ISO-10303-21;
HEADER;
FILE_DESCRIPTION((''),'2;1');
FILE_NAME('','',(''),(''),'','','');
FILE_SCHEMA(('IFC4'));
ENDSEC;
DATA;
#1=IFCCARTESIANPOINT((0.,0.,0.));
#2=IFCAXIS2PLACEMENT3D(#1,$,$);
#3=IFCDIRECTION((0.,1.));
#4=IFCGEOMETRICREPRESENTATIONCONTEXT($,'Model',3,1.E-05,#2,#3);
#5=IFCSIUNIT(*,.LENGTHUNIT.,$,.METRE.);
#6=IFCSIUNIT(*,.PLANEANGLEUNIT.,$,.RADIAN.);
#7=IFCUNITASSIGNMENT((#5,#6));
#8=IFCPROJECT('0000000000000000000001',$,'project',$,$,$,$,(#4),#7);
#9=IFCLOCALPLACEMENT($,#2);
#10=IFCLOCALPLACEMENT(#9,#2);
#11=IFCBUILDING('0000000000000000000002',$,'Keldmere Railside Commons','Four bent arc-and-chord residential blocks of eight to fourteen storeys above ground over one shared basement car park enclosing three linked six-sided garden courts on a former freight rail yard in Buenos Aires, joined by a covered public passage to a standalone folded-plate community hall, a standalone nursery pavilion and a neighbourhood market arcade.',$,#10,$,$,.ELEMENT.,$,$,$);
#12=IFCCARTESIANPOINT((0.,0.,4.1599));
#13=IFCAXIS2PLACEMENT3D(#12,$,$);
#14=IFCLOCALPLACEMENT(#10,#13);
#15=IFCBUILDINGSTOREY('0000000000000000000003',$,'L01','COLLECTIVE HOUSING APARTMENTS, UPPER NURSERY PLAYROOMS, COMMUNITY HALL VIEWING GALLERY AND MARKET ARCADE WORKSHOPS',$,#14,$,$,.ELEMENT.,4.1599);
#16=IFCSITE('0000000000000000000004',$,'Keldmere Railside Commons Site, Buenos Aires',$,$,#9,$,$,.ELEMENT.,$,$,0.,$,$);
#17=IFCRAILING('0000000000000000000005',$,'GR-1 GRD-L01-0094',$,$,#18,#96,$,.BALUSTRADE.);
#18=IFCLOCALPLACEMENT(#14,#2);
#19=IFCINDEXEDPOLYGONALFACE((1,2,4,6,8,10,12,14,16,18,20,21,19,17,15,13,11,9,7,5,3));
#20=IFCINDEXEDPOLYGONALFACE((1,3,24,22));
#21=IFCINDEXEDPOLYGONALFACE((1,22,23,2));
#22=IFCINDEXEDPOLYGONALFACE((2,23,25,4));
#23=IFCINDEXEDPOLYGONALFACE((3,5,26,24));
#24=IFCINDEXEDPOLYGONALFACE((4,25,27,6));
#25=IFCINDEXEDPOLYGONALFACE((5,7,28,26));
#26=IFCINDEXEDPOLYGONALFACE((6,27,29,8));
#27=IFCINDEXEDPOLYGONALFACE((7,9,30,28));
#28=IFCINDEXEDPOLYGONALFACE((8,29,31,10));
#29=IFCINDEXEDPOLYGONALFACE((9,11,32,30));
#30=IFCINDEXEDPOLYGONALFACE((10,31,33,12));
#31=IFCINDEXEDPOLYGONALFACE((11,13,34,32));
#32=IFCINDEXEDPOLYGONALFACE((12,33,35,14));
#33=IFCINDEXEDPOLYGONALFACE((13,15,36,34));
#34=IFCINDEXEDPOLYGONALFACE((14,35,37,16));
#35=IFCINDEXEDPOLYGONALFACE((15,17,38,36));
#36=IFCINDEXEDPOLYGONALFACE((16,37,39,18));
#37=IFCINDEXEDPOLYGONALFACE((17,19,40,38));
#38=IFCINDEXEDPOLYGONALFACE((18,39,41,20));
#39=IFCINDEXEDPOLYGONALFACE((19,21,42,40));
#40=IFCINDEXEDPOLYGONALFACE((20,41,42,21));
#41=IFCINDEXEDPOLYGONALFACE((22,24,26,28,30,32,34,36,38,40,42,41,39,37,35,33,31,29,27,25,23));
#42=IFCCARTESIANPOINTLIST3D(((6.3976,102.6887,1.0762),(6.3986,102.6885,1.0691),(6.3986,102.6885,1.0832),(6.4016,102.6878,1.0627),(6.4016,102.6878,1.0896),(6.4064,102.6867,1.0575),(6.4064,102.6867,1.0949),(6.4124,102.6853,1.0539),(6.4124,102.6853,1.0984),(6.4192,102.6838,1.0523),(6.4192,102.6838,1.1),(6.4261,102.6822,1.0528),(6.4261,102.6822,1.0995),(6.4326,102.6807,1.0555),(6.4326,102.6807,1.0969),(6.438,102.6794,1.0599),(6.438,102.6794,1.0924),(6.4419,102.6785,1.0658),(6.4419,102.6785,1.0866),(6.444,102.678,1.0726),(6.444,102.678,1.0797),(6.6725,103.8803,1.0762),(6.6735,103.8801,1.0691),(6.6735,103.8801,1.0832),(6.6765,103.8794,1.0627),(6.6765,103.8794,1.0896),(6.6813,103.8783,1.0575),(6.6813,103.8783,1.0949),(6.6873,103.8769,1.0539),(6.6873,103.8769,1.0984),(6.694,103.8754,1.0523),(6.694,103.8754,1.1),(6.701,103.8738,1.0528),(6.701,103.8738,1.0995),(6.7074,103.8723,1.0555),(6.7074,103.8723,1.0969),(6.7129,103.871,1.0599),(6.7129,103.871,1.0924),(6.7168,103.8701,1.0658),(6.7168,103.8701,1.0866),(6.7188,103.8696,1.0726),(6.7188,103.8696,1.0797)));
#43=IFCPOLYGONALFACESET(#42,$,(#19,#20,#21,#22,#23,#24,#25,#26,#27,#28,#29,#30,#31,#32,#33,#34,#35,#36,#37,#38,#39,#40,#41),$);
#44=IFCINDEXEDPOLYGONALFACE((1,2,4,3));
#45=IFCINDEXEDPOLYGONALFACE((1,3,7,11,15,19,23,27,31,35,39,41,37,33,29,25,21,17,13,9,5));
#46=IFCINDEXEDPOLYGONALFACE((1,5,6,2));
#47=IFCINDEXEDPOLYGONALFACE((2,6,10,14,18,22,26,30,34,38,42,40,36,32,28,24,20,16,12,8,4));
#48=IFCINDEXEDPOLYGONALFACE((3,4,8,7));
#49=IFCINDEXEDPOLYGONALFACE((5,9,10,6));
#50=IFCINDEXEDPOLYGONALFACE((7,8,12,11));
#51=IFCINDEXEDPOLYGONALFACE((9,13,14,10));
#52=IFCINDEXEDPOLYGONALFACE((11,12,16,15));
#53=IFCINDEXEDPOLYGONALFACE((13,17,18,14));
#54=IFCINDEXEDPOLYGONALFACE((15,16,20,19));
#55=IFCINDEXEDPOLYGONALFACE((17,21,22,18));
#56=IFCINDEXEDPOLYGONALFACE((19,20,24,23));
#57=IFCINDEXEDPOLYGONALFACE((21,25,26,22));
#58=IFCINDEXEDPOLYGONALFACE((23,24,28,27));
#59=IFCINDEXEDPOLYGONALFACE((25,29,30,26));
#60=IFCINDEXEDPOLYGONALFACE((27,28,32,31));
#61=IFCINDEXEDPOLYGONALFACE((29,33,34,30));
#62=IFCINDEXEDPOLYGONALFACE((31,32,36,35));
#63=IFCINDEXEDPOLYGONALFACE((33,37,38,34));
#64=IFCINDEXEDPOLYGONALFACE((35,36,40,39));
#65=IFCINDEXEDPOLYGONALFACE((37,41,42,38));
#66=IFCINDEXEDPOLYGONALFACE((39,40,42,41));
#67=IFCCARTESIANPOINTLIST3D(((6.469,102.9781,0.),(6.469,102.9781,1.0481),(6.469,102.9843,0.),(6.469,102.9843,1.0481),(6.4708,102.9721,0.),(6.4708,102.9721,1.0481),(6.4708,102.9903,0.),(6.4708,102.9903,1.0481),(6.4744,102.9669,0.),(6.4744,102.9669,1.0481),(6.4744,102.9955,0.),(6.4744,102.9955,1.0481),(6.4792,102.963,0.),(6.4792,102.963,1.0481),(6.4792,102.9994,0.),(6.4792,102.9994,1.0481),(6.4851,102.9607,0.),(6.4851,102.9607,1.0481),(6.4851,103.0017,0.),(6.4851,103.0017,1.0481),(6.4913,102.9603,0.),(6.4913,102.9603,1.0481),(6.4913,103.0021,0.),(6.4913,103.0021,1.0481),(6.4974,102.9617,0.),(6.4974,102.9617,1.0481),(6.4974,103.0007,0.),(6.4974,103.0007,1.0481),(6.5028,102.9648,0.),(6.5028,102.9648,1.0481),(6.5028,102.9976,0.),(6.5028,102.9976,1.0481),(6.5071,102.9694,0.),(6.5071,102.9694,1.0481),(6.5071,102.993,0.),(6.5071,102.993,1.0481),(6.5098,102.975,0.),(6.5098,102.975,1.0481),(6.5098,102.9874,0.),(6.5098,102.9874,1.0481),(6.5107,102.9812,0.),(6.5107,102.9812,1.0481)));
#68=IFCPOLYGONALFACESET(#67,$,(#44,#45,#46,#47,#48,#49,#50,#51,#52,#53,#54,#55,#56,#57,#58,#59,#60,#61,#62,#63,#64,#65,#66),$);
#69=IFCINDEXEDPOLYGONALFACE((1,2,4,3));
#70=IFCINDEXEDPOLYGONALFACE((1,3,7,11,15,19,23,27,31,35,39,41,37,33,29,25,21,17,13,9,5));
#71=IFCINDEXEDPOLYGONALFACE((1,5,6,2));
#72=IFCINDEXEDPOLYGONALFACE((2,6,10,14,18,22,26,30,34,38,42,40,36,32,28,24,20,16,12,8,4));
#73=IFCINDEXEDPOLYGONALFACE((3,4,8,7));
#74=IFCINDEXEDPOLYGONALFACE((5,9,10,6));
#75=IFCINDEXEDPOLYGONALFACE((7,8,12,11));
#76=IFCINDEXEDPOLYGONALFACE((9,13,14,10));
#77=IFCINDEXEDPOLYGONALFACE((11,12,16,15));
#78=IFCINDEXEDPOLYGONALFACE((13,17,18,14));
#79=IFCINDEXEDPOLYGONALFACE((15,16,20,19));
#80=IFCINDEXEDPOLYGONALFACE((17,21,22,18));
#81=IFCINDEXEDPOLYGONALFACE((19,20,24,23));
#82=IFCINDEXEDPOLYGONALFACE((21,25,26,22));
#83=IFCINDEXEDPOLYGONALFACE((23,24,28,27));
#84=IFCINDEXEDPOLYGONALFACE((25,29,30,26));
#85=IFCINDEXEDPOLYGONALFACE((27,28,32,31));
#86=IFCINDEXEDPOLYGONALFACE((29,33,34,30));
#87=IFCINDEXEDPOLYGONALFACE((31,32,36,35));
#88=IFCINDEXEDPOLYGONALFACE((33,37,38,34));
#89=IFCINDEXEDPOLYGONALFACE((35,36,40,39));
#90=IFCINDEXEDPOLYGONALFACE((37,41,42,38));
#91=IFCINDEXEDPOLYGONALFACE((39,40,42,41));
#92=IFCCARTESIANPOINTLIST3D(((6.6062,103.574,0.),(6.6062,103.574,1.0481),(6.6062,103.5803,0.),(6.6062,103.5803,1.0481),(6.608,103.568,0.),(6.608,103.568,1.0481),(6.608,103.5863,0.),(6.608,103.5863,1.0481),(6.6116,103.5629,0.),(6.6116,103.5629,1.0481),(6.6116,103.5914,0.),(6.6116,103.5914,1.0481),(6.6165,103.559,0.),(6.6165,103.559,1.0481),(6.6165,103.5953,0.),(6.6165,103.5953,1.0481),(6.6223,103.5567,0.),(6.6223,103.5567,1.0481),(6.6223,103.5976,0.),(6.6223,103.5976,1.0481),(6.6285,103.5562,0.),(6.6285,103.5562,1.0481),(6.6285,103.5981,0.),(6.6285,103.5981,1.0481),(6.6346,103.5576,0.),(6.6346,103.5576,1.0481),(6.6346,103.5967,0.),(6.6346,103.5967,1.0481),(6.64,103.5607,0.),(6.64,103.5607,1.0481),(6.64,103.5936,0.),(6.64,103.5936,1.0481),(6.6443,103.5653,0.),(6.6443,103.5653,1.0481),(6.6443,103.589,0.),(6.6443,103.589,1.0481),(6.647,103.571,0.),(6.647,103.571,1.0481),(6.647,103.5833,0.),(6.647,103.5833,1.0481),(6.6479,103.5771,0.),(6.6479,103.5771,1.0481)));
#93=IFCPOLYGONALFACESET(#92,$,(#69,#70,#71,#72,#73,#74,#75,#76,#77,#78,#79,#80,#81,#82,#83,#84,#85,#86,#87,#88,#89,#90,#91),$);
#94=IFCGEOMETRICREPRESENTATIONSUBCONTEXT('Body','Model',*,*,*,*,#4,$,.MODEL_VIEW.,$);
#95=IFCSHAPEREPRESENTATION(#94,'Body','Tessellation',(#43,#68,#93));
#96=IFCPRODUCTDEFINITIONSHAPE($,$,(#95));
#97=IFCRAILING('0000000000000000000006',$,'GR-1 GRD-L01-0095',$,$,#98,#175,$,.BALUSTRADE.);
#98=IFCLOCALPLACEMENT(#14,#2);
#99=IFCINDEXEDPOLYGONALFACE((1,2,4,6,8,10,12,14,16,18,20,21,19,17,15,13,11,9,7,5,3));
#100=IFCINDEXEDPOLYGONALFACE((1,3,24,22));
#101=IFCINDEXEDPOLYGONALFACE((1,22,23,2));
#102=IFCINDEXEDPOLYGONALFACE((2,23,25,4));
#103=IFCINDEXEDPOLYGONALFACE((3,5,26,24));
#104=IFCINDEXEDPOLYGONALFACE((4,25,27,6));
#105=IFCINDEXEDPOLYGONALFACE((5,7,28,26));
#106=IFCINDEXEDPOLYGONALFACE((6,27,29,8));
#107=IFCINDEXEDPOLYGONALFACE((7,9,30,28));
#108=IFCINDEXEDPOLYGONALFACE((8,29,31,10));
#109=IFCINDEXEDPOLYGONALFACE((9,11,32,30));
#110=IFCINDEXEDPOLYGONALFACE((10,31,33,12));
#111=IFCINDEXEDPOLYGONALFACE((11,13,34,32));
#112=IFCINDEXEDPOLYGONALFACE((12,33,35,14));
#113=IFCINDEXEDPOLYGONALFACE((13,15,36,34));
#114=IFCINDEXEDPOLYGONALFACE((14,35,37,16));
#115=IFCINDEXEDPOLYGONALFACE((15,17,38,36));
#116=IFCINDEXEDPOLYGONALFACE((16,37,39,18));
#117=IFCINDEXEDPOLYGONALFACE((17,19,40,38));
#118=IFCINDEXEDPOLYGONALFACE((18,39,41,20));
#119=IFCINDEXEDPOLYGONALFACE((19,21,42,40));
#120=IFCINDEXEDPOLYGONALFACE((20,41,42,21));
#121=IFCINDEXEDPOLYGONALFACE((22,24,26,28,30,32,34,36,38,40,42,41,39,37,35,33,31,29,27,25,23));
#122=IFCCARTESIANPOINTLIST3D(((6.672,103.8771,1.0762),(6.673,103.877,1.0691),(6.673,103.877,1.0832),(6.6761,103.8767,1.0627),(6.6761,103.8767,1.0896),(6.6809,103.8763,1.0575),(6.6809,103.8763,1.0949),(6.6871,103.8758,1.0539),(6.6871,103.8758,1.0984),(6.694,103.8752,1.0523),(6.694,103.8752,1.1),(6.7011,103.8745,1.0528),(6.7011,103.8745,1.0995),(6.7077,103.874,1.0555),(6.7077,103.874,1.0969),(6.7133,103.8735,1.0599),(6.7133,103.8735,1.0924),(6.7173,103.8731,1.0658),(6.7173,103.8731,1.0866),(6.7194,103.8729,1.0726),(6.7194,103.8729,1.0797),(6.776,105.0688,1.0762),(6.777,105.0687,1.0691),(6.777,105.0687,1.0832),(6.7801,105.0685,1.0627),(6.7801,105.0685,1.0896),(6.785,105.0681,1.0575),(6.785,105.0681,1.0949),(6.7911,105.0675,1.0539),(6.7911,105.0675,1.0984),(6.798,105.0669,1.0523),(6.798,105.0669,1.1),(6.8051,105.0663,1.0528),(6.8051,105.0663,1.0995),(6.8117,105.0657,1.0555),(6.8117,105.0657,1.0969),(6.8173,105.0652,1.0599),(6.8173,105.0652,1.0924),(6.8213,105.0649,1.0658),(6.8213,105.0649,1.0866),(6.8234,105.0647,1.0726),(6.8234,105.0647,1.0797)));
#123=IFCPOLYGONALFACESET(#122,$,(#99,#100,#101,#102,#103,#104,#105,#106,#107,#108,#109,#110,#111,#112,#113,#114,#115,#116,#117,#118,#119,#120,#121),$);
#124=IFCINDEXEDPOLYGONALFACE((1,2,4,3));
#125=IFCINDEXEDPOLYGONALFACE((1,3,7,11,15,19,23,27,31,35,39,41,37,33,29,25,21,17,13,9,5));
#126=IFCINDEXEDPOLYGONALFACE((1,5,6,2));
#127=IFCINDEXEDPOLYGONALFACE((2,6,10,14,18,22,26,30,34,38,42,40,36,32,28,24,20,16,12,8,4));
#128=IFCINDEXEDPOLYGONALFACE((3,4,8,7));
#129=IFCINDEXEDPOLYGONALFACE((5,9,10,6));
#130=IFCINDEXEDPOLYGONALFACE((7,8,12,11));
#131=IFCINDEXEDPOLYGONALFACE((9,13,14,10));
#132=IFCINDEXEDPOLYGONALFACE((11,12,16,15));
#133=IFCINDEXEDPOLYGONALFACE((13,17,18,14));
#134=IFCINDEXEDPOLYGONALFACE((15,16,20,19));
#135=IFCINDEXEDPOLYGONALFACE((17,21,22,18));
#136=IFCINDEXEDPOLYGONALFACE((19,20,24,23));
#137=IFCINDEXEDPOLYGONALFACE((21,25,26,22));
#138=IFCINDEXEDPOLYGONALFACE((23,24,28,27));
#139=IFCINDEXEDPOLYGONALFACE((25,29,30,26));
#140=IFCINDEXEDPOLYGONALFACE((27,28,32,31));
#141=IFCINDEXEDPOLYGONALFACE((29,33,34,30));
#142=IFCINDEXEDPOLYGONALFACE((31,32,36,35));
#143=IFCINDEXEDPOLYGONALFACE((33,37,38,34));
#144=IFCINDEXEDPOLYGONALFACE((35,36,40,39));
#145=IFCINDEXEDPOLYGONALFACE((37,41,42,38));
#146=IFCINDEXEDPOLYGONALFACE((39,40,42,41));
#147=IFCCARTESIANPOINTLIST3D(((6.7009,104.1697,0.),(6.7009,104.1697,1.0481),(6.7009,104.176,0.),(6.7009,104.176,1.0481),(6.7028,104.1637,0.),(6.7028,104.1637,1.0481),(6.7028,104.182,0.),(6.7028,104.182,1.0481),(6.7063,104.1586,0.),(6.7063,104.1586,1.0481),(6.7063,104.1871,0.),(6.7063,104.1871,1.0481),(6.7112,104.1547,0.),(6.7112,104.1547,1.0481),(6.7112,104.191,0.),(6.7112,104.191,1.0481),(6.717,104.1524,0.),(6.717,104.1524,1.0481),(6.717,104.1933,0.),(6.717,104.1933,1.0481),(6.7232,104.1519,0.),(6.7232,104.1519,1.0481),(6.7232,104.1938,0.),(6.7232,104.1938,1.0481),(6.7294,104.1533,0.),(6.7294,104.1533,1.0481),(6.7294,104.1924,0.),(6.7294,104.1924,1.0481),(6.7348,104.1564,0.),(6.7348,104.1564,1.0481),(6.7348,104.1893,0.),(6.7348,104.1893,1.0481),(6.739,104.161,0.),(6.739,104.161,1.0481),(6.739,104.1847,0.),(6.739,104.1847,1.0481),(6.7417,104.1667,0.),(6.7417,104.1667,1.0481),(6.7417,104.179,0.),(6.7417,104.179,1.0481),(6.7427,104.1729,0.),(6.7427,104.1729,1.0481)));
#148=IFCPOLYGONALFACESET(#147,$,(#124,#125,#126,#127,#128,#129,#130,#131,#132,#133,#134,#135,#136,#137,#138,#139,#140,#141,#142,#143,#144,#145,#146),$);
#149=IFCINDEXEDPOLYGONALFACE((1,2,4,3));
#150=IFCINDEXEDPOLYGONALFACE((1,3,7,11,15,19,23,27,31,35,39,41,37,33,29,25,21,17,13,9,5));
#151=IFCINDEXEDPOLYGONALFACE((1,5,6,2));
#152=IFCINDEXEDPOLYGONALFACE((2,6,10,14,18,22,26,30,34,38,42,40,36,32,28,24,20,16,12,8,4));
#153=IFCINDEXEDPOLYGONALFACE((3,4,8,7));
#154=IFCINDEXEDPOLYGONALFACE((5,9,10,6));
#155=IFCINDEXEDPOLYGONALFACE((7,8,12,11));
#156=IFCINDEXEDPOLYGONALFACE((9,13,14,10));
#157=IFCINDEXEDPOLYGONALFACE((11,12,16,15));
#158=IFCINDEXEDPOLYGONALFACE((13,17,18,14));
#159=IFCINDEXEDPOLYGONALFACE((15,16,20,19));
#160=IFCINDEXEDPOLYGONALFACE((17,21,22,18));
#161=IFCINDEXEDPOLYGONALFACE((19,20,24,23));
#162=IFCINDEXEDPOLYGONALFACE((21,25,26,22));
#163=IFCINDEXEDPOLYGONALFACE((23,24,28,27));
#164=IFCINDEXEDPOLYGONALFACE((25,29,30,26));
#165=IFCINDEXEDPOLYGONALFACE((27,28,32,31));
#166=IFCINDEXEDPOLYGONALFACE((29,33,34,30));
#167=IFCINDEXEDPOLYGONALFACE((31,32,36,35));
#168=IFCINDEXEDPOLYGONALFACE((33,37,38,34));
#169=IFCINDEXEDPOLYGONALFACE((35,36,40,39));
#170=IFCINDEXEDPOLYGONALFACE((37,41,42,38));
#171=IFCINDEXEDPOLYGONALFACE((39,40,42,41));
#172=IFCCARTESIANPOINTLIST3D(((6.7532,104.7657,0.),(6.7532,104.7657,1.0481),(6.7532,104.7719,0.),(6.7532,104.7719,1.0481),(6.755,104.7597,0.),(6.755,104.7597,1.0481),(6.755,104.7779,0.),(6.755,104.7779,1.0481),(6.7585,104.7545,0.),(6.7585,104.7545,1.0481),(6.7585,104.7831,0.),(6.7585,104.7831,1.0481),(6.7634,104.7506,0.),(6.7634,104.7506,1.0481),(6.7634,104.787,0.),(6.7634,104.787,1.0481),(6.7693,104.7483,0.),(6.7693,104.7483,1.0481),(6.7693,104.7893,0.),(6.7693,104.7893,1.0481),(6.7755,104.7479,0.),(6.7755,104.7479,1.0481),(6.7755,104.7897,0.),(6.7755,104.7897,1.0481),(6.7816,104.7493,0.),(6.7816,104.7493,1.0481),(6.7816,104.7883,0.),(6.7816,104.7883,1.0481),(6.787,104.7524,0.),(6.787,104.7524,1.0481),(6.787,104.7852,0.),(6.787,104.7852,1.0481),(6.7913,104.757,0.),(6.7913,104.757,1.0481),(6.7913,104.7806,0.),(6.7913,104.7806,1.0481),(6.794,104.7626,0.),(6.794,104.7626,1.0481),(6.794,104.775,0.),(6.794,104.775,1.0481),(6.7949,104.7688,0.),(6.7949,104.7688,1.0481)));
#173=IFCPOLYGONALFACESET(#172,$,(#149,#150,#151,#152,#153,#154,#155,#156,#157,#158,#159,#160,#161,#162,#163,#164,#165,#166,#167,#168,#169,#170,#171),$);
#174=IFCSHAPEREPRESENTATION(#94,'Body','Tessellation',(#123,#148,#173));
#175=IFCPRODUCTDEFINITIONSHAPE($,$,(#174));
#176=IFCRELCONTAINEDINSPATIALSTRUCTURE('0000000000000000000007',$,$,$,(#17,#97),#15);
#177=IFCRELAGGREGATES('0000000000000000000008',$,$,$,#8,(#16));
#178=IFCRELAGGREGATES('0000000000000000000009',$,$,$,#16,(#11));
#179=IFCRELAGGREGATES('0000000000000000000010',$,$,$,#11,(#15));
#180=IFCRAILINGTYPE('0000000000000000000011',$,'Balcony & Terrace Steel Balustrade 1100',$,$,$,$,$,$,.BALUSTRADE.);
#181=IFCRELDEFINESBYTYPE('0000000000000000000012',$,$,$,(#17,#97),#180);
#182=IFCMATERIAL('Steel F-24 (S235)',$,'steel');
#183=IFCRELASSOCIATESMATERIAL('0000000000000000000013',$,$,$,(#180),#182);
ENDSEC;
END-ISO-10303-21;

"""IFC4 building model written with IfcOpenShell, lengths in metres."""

from ifc_helpers import new_model, si_unit, direction, frame, origin, origin_2d, place, context, subcontext, project, spatial, circle, extrude, material, type_object, element, save


model = new_model("IFC4")

# Units and contexts
model_context = context("Model", 3, precision=1e-05, world=origin(), true_north=direction((0.0, 1.0)))
body_context = subcontext(model_context, "Body", "Model", "MODEL_VIEW")
ifc_project = project(units=[si_unit("LENGTHUNIT", "METRE"), si_unit("PLANEANGLEUNIT", "RADIAN")], contexts=[model_context])

# Site, building, storey
site_placement = place(None, origin())
site = spatial("IfcSite", under=ifc_project, at=site_placement, Name="Keldmere Railside Commons Site, Buenos Aires", CompositionType="ELEMENT", RefElevation=0.0)
building_placement = place(site_placement, origin())
building = spatial("IfcBuilding", under=site, at=building_placement, Name="Keldmere Railside Commons", Description="Four bent arc-and-chord residential blocks of eight to fourteen storeys above ground over one shared basement car park enclosing three linked six-sided garden courts on a former freight rail yard in Buenos Aires, joined by a covered public passage to a standalone folded-plate community hall, a standalone nursery pavilion and a neighbourhood market arcade.", CompositionType="ELEMENT")
storey_placement = place(building_placement, frame((0.0, 0.0, 4.1599)))
storey = spatial("IfcBuildingStorey", under=building, at=storey_placement, Name="L01", Description="COLLECTIVE HOUSING APARTMENTS, UPPER NURSERY PLAYROOMS, COMMUNITY HALL VIEWING GALLERY AND MARKET ARCADE WORKSHOPS", CompositionType="ELEMENT", Elevation=4.1599)

# Railings
ifc_material_1 = material(Name="Steel F-24 (S235)", Category="steel")
railing_type = type_object("IfcRailingType", Name="Balcony & Terrace Steel Balustrade 1100", PredefinedType="BALUSTRADE", material=ifc_material_1)
railing_1_placement = place(storey_placement, frame((6.4209, 102.6833, 0.0)))
element("IfcRailing", 1, at=railing_1_placement, inside=storey, type_object=railing_type, Name="GR-1 GRD-L01-0094", PredefinedType="BALUSTRADE", context=body_context, shape_type="SweptSolid", body=[
    extrude(circle(Radius=0.0239, at=origin_2d()), frame((0.0, 0.0, 1.0762), z_axis=(0.224787, 0.974408, 0.0), x_axis=(-0.974408, 0.224787, 0.0)), (0.0, 0.0, 1.0), 1.2229),
    extrude(circle(Radius=0.021, at=origin_2d()), frame((0.0688, 0.2979, 0.0)), (0.0, 0.0, 1.0), 1.0481),
    extrude(circle(Radius=0.021, at=origin_2d()), frame((0.2061, 0.8938, 0.0)), (0.0, 0.0, 1.0), 1.0481),
])
railing_2_placement = place(storey_placement, frame((6.6958, 103.875, 0.0)))
element("IfcRailing", 2, at=railing_2_placement, inside=storey, type_object=railing_type, Name="GR-1 GRD-L01-0095", PredefinedType="BALUSTRADE", context=body_context, shape_type="SweptSolid", body=[
    extrude(circle(Radius=0.0239, at=origin_2d()), frame((0.0, 0.0, 1.0762), z_axis=(0.086947, 0.996213, 0.0), x_axis=(-0.996213, 0.086947, 0.0)), (0.0, 0.0, 1.0), 1.1963),
    extrude(circle(Radius=0.021, at=origin_2d()), frame((0.0259, 0.2979, 0.0)), (0.0, 0.0, 1.0), 1.0481),
    extrude(circle(Radius=0.021, at=origin_2d()), frame((0.0781, 0.8938, 0.0)), (0.0, 0.0, 1.0), 1.0481),
])

save(model, "model.ifc")
